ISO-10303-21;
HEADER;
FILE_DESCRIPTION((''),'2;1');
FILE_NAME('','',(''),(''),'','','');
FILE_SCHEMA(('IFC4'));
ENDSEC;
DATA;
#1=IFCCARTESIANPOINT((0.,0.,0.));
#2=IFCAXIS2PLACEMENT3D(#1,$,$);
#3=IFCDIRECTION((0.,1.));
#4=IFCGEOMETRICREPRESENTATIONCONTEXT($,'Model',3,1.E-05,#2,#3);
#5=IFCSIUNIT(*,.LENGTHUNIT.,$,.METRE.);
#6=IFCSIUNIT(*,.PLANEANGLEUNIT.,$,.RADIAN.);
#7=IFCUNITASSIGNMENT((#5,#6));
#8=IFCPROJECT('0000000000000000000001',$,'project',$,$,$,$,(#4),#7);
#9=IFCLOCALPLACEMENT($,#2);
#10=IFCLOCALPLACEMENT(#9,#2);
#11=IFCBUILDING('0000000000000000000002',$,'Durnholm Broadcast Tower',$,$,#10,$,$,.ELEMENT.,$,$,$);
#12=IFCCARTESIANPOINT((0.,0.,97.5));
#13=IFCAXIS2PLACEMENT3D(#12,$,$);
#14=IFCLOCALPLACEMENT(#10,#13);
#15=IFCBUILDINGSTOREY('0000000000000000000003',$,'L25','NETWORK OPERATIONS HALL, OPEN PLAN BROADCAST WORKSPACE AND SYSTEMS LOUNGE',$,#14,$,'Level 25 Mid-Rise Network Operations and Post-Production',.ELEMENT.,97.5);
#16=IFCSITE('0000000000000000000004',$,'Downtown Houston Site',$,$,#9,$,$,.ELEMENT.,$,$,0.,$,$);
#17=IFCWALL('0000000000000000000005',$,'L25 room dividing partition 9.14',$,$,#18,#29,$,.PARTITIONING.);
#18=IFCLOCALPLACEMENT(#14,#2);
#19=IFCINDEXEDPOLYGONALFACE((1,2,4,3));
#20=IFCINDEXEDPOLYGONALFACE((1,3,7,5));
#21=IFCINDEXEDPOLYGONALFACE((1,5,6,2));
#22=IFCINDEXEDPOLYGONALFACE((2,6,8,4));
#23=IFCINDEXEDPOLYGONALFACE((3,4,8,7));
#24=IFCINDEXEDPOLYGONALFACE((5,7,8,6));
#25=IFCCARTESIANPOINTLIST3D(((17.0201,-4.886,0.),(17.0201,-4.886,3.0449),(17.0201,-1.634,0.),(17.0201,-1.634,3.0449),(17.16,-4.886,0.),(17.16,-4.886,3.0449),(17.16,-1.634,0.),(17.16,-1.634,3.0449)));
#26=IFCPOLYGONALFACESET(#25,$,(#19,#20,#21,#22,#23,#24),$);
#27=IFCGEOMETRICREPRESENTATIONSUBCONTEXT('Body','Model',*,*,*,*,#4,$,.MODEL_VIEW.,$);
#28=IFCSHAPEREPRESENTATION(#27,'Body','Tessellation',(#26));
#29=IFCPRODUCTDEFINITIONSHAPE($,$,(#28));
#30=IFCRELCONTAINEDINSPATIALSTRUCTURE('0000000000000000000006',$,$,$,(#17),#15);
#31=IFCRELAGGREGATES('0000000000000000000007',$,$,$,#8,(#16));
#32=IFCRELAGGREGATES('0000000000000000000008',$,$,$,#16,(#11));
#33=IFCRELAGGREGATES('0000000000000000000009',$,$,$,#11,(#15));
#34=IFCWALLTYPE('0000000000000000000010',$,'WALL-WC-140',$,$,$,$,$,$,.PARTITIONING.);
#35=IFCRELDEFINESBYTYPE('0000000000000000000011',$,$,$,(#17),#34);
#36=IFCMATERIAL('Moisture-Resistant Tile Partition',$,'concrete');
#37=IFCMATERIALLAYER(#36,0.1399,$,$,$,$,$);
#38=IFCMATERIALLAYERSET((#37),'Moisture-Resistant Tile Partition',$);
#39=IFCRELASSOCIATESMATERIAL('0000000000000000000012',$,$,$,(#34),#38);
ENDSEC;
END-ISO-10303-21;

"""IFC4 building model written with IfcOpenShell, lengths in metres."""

from ifc_helpers import new_model, si_unit, direction, frame, frame_2d, origin, place, context, subcontext, project, spatial, rectangle, extrude, material, layer, layer_set, type_object, element, save


model = new_model("IFC4")

# Units and contexts
model_context = context("Model", 3, precision=1e-05, world=origin(), true_north=direction((0.0, 1.0)))
body_context = subcontext(model_context, "Body", "Model", "MODEL_VIEW")
ifc_project = project(units=[si_unit("LENGTHUNIT", "METRE"), si_unit("PLANEANGLEUNIT", "RADIAN")], contexts=[model_context])

# Site, building, storey
site_placement = place(None, origin())
site = spatial("IfcSite", under=ifc_project, at=site_placement, Name="Downtown Houston Site", CompositionType="ELEMENT", RefElevation=0.0)
building_placement = place(site_placement, origin())
building = spatial("IfcBuilding", under=site, at=building_placement, Name="Durnholm Broadcast Tower", CompositionType="ELEMENT")
storey_placement = place(building_placement, frame((0.0, 0.0, 97.5)))
storey = spatial("IfcBuildingStorey", under=building, at=storey_placement, Name="L25", Description="NETWORK OPERATIONS HALL, OPEN PLAN BROADCAST WORKSPACE AND SYSTEMS LOUNGE", LongName="Level 25 Mid-Rise Network Operations and Post-Production", CompositionType="ELEMENT", Elevation=97.5)

# Shared definitions
ifc_material_1 = material(Name="Moisture-Resistant Tile Partition", Category="concrete")
ifc_layer_1 = layer(ifc_material_1, 0.1399)
ifc_layer_set_1 = layer_set([ifc_layer_1], Name="Moisture-Resistant Tile Partition")
wall_type = type_object("IfcWallType", Name="WALL-WC-140", PredefinedType="PARTITIONING", material=ifc_layer_set_1)

# Wall
wall_1_placement = place(storey_placement, frame((17.0901, -1.634, 0.0), z_axis=(0.0, 0.0, 1.0), x_axis=(0.0, -1.0, 0.0)))
element("IfcWall", 1, at=wall_1_placement, inside=storey, type_object=wall_type, Name="L25 room dividing partition 9.14", PredefinedType="PARTITIONING", context=body_context, shape_type="SweptSolid", body=[
    extrude(rectangle(XDim=3.252, YDim=0.1399, at=frame_2d((1.626, 0.0))), origin(), (0.0, 0.0, 1.0), 3.0449),
])

save(model, "model.ifc")
